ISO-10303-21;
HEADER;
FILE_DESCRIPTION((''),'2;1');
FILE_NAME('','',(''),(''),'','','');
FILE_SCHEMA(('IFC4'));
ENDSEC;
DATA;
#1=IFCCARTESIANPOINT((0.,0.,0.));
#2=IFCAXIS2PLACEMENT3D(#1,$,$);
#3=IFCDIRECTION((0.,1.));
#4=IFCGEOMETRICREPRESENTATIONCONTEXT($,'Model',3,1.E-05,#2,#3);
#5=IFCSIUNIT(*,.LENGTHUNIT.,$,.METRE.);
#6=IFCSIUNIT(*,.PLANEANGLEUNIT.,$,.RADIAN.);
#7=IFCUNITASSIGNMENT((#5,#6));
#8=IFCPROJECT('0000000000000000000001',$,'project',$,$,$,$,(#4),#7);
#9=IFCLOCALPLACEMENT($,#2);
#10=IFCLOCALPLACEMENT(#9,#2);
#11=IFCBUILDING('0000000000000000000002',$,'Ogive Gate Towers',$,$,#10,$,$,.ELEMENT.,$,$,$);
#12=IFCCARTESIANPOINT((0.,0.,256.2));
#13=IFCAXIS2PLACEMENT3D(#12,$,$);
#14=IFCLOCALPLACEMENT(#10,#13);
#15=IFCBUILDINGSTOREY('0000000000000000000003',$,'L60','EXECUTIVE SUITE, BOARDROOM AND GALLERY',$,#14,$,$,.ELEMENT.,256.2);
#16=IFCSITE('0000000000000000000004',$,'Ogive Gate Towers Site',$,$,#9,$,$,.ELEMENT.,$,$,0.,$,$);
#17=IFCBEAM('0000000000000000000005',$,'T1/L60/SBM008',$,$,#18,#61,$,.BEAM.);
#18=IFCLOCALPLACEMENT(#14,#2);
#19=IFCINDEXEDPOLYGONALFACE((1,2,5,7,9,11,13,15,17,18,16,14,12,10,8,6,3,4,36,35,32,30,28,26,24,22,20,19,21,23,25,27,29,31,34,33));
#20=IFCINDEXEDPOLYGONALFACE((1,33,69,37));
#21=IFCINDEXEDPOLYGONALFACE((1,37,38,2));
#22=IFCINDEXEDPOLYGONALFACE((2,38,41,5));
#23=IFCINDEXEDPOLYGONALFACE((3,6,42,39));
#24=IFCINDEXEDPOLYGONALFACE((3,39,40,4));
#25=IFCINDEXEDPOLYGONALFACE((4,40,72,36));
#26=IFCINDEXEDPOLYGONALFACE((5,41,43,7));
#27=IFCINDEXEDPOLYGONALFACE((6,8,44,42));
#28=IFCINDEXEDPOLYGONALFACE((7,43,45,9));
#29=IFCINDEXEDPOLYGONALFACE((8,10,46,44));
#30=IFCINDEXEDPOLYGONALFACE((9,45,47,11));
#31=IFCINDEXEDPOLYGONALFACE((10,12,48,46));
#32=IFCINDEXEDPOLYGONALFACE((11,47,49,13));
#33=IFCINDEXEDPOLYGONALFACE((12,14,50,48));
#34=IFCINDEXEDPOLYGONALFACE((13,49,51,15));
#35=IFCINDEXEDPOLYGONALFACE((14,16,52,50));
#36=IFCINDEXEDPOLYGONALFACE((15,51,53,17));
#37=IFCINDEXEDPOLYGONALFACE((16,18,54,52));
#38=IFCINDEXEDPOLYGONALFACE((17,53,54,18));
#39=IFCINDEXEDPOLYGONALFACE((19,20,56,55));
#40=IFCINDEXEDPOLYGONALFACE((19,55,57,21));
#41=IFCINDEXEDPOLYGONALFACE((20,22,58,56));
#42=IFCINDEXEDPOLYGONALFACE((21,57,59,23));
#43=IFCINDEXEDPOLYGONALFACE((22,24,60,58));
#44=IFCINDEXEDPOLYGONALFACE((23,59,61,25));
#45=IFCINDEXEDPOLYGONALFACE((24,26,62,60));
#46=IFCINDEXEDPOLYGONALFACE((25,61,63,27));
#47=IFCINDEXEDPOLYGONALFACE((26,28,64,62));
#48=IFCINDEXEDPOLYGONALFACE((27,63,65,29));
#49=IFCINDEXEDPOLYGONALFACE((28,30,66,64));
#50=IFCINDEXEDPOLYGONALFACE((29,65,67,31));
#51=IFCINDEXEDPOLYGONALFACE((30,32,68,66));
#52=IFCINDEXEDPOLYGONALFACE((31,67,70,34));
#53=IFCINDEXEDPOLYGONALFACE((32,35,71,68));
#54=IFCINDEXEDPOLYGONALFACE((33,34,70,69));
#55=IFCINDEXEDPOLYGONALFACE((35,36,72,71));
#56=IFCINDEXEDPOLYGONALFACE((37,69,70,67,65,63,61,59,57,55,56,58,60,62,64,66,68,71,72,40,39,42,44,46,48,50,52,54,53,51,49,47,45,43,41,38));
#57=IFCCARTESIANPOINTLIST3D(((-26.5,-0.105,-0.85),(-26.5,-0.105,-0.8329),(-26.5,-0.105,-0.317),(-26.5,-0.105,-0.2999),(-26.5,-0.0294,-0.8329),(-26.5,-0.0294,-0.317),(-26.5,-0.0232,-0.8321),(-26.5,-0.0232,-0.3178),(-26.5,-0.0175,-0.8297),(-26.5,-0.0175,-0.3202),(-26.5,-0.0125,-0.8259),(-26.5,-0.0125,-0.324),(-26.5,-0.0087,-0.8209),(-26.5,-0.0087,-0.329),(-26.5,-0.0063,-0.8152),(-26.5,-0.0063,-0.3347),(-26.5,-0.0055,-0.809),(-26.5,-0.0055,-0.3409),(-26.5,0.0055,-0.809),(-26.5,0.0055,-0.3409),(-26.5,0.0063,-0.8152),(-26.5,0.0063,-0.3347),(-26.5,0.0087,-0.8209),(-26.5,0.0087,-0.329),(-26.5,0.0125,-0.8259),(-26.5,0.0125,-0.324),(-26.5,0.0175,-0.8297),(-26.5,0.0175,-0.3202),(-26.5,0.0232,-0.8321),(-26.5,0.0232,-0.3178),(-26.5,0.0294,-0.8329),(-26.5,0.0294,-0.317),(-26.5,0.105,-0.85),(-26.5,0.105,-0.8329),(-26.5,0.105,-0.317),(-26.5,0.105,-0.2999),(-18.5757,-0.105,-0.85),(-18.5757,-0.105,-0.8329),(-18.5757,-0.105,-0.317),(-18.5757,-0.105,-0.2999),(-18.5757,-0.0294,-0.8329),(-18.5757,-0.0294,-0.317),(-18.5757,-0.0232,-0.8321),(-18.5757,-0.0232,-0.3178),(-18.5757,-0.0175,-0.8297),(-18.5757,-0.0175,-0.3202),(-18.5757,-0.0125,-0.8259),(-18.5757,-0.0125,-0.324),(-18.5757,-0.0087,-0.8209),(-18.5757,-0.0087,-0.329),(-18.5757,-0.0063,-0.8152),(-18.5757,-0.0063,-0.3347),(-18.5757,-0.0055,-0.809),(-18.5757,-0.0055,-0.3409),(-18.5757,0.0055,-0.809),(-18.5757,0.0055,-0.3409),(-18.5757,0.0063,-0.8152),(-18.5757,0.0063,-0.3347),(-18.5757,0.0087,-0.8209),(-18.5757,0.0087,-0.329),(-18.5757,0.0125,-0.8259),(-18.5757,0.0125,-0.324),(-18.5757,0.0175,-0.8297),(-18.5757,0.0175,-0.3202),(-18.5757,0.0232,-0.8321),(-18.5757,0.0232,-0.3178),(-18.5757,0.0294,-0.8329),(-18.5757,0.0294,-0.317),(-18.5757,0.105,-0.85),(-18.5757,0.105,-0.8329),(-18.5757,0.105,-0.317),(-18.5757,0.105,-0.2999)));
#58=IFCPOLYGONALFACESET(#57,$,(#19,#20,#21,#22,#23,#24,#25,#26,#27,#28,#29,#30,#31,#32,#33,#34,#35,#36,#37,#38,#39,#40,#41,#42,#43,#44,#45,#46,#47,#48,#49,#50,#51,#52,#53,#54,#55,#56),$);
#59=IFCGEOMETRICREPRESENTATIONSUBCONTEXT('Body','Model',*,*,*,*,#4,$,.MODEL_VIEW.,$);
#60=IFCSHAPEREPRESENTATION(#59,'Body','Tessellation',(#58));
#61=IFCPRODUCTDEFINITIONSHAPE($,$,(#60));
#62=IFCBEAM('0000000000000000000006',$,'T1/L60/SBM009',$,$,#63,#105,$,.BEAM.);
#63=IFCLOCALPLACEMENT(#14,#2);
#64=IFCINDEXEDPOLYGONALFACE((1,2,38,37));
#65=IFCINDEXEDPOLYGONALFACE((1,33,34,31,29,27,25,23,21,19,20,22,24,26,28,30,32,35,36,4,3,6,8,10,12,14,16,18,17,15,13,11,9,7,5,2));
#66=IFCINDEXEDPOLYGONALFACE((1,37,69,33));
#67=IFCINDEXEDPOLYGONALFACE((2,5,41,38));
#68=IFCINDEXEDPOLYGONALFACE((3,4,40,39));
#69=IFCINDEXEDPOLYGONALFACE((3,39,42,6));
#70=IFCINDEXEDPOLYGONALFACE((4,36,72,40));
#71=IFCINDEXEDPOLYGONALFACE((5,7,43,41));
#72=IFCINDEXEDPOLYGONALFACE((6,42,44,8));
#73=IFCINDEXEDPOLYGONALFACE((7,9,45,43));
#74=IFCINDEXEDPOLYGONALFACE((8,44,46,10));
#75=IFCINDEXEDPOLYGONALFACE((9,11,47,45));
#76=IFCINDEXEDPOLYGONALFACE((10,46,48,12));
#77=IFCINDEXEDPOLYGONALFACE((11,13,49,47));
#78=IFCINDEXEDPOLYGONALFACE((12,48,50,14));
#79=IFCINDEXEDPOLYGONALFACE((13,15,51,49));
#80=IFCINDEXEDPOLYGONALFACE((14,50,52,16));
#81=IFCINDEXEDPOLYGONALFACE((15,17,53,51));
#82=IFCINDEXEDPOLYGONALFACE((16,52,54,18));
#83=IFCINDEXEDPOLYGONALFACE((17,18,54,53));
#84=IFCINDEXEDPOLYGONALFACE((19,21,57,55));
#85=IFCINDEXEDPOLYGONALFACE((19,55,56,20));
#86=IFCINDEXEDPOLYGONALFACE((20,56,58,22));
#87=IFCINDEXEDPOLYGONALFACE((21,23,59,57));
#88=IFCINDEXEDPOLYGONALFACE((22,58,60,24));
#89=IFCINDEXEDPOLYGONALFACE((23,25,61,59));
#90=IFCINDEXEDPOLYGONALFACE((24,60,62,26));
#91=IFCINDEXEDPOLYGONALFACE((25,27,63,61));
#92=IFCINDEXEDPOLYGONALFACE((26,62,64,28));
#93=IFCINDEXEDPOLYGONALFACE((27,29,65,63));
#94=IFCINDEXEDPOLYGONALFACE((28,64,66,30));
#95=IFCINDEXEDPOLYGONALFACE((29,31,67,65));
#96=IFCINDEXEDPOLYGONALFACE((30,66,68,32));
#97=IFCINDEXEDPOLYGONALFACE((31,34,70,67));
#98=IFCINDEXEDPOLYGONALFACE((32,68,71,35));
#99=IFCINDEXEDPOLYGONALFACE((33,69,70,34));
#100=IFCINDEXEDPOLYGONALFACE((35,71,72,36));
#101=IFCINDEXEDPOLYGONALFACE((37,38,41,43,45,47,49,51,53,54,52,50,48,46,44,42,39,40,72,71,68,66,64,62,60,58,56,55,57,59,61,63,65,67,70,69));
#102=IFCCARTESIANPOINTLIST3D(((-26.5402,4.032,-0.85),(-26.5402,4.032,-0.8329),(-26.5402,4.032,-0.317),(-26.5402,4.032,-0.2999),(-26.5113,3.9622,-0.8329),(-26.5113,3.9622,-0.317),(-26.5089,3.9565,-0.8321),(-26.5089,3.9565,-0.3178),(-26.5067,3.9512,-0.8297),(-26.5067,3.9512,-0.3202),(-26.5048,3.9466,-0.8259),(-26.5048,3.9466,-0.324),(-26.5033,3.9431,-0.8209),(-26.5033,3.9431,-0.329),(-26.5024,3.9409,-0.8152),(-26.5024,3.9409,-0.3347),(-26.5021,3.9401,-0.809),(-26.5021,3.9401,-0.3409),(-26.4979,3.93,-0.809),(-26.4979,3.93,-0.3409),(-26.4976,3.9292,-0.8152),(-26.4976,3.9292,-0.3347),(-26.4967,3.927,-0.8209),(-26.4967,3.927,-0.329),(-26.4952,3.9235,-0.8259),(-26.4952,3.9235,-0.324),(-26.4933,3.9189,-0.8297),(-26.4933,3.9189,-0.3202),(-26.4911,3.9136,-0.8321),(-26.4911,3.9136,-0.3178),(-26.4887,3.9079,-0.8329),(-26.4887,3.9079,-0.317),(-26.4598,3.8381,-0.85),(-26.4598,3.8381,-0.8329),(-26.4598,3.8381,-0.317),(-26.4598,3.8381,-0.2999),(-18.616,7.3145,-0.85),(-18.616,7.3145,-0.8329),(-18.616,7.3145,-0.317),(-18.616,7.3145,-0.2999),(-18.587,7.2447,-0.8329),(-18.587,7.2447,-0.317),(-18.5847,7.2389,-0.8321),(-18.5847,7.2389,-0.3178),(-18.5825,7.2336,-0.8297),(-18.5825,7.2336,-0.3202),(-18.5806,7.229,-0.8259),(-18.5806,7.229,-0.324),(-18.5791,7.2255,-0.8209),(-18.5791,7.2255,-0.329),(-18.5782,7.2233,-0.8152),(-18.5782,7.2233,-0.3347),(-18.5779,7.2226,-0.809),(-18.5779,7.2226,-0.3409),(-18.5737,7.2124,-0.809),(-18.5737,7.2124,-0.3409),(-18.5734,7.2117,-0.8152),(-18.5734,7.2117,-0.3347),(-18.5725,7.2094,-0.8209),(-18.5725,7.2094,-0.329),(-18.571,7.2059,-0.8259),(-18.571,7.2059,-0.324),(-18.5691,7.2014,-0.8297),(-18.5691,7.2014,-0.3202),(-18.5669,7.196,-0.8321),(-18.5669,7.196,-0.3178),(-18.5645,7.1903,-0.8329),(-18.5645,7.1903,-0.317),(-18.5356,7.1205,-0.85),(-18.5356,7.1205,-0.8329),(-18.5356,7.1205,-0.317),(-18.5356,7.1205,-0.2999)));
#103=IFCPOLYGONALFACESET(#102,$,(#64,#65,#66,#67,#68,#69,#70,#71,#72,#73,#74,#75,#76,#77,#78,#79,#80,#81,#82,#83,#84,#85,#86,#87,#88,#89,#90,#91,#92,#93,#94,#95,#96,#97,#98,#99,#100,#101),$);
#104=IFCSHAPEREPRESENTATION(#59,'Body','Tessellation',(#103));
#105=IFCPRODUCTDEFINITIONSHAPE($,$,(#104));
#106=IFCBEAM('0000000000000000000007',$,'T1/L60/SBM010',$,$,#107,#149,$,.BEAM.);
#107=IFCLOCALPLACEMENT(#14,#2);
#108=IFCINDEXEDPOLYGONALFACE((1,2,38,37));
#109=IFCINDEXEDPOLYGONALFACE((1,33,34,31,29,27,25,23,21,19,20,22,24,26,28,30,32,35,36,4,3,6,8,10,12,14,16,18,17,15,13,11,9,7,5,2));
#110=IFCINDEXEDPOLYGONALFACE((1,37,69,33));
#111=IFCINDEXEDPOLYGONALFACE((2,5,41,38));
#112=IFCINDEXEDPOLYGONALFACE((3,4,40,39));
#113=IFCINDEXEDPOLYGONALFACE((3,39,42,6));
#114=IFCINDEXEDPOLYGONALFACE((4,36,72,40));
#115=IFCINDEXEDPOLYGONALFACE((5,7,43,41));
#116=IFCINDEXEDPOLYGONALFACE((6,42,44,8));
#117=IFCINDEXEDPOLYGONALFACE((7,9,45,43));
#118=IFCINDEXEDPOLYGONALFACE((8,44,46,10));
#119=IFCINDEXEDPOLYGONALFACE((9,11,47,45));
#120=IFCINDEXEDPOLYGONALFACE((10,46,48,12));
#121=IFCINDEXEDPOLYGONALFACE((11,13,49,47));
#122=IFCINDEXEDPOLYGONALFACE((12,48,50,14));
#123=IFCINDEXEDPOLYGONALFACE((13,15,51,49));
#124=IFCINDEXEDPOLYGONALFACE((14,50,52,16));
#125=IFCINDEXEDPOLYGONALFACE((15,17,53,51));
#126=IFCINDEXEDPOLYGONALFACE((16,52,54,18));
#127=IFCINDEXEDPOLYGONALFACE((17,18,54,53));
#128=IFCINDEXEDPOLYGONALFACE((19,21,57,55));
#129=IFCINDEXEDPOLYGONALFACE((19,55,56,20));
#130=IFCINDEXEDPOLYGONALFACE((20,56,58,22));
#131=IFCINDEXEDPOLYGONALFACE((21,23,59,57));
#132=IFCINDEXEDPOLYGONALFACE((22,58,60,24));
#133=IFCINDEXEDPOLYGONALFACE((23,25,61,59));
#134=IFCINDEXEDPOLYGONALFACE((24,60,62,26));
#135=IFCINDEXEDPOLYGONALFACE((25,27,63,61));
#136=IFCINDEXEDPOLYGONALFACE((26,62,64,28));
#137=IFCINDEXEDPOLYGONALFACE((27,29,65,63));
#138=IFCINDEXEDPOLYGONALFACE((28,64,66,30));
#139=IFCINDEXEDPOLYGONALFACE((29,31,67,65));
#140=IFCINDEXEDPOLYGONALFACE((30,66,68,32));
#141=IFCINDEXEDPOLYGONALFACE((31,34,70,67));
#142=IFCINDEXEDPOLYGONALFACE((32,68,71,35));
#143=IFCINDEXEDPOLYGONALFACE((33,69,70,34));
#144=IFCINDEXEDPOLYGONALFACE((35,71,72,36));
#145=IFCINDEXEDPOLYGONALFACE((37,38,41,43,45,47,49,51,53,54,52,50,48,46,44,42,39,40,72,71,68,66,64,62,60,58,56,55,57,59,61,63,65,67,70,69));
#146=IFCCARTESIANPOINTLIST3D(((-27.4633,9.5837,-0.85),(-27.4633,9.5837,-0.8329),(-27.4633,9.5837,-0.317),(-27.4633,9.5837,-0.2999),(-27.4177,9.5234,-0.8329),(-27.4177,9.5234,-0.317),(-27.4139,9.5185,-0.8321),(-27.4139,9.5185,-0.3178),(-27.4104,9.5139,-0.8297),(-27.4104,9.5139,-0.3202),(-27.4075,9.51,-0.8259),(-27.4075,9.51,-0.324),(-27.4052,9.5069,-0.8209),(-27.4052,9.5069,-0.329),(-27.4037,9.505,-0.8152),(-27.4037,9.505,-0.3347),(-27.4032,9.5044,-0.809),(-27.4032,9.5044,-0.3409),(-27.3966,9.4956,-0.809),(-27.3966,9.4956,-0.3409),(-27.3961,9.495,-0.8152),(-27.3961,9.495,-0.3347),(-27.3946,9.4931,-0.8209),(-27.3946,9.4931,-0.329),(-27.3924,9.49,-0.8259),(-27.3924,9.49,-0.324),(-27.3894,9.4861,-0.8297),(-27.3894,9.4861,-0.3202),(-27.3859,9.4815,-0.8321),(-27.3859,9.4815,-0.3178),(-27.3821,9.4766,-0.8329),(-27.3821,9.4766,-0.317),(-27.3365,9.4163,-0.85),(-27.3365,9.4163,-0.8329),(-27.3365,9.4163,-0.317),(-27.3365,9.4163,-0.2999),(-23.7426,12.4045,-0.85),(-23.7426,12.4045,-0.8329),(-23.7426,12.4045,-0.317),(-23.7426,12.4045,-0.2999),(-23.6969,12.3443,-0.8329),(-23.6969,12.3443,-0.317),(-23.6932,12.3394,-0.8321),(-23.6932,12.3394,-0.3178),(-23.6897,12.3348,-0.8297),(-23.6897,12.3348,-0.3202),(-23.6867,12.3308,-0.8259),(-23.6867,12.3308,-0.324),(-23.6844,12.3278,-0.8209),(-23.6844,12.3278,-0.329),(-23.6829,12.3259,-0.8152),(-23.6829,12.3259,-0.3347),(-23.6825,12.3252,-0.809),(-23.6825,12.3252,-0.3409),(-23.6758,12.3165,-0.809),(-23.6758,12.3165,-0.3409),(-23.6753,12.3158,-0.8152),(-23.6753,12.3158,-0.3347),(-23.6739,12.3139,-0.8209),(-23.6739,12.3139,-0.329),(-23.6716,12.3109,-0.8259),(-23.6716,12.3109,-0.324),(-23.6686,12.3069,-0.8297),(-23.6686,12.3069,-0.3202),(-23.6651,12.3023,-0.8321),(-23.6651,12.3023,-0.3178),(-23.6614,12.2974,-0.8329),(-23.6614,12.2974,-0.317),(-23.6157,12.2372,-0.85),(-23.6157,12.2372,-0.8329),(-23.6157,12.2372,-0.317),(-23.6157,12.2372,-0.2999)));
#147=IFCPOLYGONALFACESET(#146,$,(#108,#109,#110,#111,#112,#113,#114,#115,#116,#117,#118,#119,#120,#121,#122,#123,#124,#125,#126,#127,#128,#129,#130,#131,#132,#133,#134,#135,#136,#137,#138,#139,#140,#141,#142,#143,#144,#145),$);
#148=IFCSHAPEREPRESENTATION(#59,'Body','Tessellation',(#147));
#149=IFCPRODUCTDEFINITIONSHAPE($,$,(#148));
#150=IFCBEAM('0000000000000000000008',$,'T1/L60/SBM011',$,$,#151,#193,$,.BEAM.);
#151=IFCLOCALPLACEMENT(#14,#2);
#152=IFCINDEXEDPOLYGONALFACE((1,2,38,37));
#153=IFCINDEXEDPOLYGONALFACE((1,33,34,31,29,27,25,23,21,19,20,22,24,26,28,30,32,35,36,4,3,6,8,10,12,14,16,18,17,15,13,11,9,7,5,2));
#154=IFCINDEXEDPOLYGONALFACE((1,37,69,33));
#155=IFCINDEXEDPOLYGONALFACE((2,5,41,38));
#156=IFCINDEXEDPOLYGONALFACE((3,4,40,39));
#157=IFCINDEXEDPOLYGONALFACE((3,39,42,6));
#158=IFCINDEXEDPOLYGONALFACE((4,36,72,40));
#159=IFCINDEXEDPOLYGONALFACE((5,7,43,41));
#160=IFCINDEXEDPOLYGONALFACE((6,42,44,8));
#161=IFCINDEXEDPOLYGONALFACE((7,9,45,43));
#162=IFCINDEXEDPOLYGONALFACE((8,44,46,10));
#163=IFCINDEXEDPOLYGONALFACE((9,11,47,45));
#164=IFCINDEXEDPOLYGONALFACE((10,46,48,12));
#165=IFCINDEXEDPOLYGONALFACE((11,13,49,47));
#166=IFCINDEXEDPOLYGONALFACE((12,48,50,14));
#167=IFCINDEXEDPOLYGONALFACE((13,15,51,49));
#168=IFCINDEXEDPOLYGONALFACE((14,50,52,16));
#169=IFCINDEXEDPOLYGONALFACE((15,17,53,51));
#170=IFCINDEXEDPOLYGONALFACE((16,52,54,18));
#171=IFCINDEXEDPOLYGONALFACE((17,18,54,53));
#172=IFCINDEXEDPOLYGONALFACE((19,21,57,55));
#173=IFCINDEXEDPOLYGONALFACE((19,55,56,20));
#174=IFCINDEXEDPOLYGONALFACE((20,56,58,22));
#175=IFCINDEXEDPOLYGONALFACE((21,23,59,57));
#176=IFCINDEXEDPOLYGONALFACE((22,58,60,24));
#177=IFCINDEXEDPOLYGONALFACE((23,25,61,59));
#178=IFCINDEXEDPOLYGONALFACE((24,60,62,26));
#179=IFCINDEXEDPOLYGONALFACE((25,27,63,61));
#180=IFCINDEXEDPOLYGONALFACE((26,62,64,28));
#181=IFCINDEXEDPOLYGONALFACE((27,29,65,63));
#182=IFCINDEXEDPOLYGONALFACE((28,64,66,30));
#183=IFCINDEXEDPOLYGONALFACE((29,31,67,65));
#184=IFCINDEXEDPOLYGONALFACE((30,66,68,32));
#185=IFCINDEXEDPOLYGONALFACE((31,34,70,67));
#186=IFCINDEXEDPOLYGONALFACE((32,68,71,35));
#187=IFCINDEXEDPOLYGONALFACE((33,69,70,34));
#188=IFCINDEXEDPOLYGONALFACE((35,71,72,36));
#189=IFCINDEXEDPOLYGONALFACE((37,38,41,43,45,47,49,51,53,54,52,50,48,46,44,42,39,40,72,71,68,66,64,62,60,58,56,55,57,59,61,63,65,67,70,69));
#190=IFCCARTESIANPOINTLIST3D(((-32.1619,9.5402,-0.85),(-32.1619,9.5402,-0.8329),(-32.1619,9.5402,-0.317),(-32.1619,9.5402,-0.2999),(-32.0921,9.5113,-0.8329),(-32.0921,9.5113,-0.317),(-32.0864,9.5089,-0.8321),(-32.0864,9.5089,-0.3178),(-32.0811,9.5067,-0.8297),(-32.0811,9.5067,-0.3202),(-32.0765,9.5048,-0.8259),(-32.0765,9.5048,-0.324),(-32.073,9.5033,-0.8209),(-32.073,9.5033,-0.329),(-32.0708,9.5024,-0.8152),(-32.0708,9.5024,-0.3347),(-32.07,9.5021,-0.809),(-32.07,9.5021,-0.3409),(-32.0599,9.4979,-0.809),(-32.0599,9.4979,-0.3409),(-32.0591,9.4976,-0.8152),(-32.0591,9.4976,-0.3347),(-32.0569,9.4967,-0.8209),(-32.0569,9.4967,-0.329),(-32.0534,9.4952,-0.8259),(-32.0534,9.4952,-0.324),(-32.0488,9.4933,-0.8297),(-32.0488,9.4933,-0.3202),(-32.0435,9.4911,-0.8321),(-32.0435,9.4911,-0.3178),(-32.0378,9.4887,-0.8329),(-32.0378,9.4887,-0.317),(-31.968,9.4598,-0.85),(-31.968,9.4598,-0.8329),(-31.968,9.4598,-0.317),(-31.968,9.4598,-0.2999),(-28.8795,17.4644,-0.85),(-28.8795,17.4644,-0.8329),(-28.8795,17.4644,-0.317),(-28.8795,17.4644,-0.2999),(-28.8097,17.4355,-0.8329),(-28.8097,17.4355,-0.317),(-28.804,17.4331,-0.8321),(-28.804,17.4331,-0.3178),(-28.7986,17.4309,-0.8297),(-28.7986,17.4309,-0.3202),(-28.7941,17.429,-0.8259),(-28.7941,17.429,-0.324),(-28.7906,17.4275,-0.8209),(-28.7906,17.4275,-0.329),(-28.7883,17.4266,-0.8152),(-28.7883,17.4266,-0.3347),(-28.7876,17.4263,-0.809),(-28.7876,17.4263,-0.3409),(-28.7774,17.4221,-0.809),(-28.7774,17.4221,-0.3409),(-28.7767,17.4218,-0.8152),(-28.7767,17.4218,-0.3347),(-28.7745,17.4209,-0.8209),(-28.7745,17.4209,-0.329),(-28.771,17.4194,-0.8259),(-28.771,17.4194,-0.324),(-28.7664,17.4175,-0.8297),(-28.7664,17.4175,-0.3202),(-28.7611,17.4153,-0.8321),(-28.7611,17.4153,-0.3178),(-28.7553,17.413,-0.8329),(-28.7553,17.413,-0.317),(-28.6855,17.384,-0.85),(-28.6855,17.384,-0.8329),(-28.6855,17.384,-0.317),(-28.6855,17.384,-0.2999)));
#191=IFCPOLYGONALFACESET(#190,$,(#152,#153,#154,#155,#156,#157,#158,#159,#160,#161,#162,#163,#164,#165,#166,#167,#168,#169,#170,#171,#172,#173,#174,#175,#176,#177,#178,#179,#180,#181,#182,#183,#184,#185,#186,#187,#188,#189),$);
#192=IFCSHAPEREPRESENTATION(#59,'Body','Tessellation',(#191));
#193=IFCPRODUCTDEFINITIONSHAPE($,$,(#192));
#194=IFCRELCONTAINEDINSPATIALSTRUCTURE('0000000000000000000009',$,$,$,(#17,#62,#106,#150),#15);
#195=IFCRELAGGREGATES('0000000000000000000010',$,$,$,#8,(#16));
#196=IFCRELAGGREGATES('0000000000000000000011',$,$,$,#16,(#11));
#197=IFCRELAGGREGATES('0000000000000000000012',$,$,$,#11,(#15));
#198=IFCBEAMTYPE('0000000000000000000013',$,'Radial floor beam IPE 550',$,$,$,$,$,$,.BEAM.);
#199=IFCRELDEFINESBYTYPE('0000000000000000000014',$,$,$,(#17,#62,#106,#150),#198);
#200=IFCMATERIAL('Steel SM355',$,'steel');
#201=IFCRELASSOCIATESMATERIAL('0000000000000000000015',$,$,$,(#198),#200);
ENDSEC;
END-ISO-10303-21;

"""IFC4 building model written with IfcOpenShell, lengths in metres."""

from ifc_helpers import new_model, si_unit, direction, frame, origin, origin_2d, place, context, subcontext, project, spatial, i_section, extrude, material, material_profile, profile_set, type_object, element, save


model = new_model("IFC4")

# Units and contexts
model_context = context("Model", 3, precision=1e-05, world=origin(), true_north=direction((0.0, 1.0)))
body_context = subcontext(model_context, "Body", "Model", "MODEL_VIEW")
ifc_project = project(units=[si_unit("LENGTHUNIT", "METRE"), si_unit("PLANEANGLEUNIT", "RADIAN")], contexts=[model_context])

# Site, building, storey
site_placement = place(None, origin())
site = spatial("IfcSite", under=ifc_project, at=site_placement, Name="Ogive Gate Towers Site", CompositionType="ELEMENT", RefElevation=0.0)
building_placement = place(site_placement, origin())
building = spatial("IfcBuilding", under=site, at=building_placement, Name="Ogive Gate Towers", CompositionType="ELEMENT")
storey_placement = place(building_placement, frame((0.0, 0.0, 256.2)))
storey = spatial("IfcBuildingStorey", under=building, at=storey_placement, Name="L60", Description="EXECUTIVE SUITE, BOARDROOM AND GALLERY", CompositionType="ELEMENT", Elevation=256.2)

# Beams
ifc_material_1 = material(Name="Steel SM355", Category="steel")
ifc_material_profile_1 = material_profile(ifc_material_1, i_section(OverallWidth=0.21, OverallDepth=0.55, WebThickness=0.011, FlangeThickness=0.0171, FilletRadius=0.0239, at=origin_2d()), Name="IPE 550")
ifc_profile_set_1 = profile_set([ifc_material_profile_1], Name="Steel SM355")
beam_type = type_object("IfcBeamType", Name="Radial floor beam IPE 550", PredefinedType="BEAM", material=ifc_profile_set_1)
beam_1_placement = place(storey_placement, frame((-26.5, 0.0, -0.575), z_axis=(1.0, 0.0, 0.0), x_axis=(0.0, 1.0, 0.0)))
element("IfcBeam", 1, at=beam_1_placement, inside=storey, type_object=beam_type, Name="T1/L60/SBM008", PredefinedType="BEAM", context=body_context, shape_type="SweptSolid", body=[
    extrude(i_section(OverallWidth=0.21, OverallDepth=0.55, WebThickness=0.011, FlangeThickness=0.0171, FilletRadius=0.0239, at=origin_2d()), origin(), (0.0, 0.0, 1.0), 7.9243),
])
beam_2_placement = place(storey_placement, frame((-26.5, 3.9351, -0.575), z_axis=(0.923875, 0.382695, 0.0), x_axis=(-0.382695, 0.923875, 0.0)))
element("IfcBeam", 2, at=beam_2_placement, inside=storey, type_object=beam_type, Name="T1/L60/SBM009", PredefinedType="BEAM", context=body_context, shape_type="SweptSolid", body=[
    extrude(i_section(OverallWidth=0.21, OverallDepth=0.55, WebThickness=0.011, FlangeThickness=0.0171, FilletRadius=0.0239, at=origin_2d()), origin(), (0.0, 0.0, 1.0), 8.5771),
])
beam_3_placement = place(storey_placement, frame((-27.3999, 9.5, -0.575), z_axis=(0.796877, 0.604142, 0.0), x_axis=(-0.604142, 0.796877, 0.0)))
element("IfcBeam", 3, at=beam_3_placement, inside=storey, type_object=beam_type, Name="T1/L60/SBM010", PredefinedType="BEAM", context=body_context, shape_type="SweptSolid", body=[
    extrude(i_section(OverallWidth=0.21, OverallDepth=0.55, WebThickness=0.011, FlangeThickness=0.0171, FilletRadius=0.0239, at=origin_2d()), origin(), (0.0, 0.0, 1.0), 4.6692),
])
beam_4_placement = place(storey_placement, frame((-32.0649, 9.5, -0.575), z_axis=(0.382695, 0.923875, 0.0), x_axis=(-0.923875, 0.382695, 0.0)))
element("IfcBeam", 4, at=beam_4_placement, inside=storey, type_object=beam_type, Name="T1/L60/SBM011", PredefinedType="BEAM", context=body_context, shape_type="SweptSolid", body=[
    extrude(i_section(OverallWidth=0.21, OverallDepth=0.55, WebThickness=0.011, FlangeThickness=0.0171, FilletRadius=0.0239, at=origin_2d()), origin(), (0.0, 0.0, 1.0), 8.5771),
])

save(model, "model.ifc")
